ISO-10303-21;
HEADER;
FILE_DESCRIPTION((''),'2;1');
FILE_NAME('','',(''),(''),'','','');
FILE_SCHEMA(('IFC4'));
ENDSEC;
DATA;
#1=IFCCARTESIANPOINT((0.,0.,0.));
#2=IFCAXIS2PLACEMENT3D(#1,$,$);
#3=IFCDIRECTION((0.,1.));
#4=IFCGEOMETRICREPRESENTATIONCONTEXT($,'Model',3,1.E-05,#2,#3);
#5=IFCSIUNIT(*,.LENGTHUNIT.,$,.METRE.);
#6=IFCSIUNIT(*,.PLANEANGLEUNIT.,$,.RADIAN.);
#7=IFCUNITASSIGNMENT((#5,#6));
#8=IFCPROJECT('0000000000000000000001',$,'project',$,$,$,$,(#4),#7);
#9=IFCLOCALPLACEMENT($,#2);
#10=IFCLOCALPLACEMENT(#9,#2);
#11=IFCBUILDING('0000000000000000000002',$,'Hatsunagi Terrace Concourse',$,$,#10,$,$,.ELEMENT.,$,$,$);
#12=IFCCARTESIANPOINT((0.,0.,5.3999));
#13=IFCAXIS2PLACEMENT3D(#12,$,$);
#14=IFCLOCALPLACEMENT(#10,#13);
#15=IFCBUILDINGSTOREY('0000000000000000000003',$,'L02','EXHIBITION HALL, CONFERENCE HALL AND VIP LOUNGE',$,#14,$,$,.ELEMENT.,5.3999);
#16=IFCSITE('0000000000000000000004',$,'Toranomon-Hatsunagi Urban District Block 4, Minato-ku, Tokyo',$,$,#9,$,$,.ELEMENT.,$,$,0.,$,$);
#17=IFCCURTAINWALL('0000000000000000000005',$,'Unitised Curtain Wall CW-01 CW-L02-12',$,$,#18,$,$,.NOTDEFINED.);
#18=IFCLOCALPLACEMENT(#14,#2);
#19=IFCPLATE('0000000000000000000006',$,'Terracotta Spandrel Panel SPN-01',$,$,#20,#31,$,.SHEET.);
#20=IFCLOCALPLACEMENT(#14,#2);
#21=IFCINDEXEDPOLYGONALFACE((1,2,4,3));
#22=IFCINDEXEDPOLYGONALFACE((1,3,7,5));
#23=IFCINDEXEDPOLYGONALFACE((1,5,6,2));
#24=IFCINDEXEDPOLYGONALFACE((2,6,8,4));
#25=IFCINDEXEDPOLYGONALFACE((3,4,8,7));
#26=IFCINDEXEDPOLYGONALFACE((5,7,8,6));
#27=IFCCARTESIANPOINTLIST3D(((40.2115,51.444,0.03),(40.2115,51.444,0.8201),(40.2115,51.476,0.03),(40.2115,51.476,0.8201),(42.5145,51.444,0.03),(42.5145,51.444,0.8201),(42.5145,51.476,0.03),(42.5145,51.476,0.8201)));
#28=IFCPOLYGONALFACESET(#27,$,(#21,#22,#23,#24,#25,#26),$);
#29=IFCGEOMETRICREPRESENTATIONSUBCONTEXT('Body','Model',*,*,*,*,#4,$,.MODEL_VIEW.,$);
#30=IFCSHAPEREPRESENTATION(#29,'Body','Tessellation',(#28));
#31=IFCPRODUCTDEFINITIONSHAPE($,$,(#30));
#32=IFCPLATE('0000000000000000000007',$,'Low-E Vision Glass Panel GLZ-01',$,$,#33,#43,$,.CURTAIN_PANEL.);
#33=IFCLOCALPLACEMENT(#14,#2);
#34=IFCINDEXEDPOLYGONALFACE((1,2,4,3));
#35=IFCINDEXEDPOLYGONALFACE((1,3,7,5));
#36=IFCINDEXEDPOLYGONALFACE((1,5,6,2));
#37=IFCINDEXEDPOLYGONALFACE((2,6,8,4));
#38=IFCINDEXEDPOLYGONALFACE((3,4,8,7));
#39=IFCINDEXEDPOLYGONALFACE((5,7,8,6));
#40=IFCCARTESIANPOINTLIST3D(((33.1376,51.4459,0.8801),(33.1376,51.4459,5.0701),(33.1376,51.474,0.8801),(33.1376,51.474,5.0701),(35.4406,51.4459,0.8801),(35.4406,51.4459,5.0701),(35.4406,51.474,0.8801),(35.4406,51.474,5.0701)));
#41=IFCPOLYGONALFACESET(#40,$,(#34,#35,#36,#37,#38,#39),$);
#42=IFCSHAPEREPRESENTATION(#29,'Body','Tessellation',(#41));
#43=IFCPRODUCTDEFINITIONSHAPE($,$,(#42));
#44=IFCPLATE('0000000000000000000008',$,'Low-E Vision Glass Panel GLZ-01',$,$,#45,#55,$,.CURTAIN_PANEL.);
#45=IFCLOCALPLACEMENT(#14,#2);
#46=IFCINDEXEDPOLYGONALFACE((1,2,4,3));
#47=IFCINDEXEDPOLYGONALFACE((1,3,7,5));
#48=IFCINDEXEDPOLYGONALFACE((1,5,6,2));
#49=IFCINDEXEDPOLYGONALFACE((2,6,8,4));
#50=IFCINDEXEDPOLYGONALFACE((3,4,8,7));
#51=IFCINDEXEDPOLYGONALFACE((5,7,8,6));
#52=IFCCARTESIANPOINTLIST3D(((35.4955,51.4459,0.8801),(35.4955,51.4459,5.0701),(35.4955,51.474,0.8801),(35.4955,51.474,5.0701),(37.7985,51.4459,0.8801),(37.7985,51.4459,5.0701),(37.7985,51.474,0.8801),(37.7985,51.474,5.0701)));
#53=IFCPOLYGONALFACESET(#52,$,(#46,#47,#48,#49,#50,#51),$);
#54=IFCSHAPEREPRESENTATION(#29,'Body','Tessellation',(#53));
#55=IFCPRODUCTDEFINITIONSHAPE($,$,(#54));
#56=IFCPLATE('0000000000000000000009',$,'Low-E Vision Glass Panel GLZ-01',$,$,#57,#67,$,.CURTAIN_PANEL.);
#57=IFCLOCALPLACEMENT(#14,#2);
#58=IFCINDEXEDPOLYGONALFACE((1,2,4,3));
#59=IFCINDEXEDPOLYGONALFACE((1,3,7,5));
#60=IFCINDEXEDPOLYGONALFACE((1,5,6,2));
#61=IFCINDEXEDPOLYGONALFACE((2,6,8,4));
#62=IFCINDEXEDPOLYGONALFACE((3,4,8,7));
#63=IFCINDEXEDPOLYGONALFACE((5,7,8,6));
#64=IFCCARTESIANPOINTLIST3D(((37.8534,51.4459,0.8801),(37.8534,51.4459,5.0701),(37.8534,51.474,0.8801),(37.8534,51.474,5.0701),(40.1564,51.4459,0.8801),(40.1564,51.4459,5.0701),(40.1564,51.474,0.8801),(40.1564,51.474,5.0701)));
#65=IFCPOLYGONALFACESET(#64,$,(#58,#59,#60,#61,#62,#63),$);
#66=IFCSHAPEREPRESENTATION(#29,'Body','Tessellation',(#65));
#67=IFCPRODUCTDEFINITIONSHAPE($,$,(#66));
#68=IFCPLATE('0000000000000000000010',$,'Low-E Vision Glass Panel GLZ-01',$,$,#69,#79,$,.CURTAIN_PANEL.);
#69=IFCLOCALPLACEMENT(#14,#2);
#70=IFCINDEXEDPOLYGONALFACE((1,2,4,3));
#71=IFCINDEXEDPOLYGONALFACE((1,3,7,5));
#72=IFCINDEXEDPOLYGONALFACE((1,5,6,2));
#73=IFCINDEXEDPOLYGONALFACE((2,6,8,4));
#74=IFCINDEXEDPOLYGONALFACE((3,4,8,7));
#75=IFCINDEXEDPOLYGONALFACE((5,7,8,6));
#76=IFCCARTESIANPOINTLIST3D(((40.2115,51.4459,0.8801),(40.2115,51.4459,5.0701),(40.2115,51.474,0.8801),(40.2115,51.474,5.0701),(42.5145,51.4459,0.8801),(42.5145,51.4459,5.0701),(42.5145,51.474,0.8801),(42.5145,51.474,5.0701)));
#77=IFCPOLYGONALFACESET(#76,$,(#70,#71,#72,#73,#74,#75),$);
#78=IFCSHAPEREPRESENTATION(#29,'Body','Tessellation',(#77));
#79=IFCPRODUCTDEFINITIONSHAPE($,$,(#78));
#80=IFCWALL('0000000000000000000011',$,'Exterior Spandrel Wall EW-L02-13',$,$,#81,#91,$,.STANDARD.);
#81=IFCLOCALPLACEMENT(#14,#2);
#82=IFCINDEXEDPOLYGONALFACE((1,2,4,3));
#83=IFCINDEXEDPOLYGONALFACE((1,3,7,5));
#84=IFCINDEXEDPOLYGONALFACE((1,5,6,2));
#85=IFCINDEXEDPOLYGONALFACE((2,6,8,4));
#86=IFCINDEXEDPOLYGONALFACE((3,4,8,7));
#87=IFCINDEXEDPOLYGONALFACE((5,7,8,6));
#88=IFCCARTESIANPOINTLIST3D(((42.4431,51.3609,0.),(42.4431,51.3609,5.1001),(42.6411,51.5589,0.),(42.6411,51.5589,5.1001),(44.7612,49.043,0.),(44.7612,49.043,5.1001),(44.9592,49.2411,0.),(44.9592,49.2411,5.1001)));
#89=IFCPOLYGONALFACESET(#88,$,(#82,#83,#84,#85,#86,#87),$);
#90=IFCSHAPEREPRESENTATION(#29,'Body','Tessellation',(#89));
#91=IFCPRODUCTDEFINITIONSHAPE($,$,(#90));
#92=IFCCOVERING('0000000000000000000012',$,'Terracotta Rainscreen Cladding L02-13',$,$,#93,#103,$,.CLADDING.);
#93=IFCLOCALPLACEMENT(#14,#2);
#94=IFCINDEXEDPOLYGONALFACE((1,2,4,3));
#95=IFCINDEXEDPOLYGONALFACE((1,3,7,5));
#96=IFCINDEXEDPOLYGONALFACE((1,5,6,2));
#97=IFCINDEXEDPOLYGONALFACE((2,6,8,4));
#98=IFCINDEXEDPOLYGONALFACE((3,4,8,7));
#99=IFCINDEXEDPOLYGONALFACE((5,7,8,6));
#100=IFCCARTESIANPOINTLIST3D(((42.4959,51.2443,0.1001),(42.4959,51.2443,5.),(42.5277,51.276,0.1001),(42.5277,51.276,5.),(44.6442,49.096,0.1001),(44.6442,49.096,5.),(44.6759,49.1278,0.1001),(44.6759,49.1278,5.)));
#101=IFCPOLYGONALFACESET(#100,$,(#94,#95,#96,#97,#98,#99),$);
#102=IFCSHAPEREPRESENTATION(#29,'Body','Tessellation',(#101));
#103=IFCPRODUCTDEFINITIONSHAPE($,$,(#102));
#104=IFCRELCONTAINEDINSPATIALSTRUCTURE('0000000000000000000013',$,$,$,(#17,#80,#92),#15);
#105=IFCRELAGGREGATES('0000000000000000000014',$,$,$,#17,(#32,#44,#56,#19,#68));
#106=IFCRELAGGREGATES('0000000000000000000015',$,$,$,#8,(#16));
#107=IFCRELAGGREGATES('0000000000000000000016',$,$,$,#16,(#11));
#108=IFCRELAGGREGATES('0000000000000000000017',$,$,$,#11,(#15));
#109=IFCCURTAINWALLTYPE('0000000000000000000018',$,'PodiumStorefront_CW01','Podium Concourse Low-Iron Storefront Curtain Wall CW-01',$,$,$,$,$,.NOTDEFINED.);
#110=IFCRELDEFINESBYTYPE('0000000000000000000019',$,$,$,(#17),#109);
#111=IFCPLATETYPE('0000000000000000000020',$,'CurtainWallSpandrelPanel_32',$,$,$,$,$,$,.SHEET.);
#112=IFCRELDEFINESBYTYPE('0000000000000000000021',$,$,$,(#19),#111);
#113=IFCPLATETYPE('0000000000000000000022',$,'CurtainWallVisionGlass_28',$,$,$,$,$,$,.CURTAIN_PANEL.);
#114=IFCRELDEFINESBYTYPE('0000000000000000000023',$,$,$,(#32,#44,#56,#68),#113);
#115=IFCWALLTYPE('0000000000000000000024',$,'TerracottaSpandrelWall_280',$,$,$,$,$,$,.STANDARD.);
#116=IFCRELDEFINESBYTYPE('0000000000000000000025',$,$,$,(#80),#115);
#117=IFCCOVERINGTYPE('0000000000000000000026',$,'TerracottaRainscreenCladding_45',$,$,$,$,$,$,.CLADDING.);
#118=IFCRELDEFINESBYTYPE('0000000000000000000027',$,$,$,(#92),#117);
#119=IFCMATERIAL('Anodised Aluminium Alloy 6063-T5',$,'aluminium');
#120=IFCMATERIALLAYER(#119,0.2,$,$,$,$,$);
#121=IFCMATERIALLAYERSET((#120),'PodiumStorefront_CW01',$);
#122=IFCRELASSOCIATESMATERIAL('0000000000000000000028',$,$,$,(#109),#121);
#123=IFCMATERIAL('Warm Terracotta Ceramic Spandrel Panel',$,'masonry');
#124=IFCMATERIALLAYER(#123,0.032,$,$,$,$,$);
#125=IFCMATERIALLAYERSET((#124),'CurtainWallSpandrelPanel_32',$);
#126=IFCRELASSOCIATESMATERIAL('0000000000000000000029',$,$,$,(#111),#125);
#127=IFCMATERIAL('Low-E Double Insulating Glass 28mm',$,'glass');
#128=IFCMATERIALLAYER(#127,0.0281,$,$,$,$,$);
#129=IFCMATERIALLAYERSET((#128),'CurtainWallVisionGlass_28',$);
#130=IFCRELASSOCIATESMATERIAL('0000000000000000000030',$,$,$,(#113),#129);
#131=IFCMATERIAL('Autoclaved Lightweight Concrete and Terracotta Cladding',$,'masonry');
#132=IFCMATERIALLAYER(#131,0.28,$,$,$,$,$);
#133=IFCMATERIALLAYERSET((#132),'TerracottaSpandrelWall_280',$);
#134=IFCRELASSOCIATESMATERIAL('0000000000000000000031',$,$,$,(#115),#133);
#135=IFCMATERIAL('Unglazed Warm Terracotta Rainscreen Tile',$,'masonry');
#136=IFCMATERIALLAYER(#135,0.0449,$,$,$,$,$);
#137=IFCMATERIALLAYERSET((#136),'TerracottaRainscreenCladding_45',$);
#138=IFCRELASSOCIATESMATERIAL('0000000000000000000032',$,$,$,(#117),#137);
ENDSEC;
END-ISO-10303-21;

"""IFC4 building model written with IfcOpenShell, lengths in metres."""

from ifc_helpers import new_model, si_unit, direction, frame, frame_2d, origin, origin_2d, place, context, subcontext, project, spatial, rectangle, extrude, material, layer, layer_set, type_object, element, aggregate, save


model = new_model("IFC4")

# Units and contexts
model_context = context("Model", 3, precision=1e-05, world=origin(), true_north=direction((0.0, 1.0)))
body_context = subcontext(model_context, "Body", "Model", "MODEL_VIEW")
ifc_project = project(units=[si_unit("LENGTHUNIT", "METRE"), si_unit("PLANEANGLEUNIT", "RADIAN")], contexts=[model_context])

# Site, building, storey
site_placement = place(None, origin())
site = spatial("IfcSite", under=ifc_project, at=site_placement, Name="Toranomon-Hatsunagi Urban District Block 4, Minato-ku, Tokyo", CompositionType="ELEMENT", RefElevation=0.0)
building_placement = place(site_placement, origin())
building = spatial("IfcBuilding", under=site, at=building_placement, Name="Hatsunagi Terrace Concourse", CompositionType="ELEMENT")
storey_placement = place(building_placement, frame((0.0, 0.0, 5.3999)))
storey = spatial("IfcBuildingStorey", under=building, at=storey_placement, Name="L02", Description="EXHIBITION HALL, CONFERENCE HALL AND VIP LOUNGE", CompositionType="ELEMENT", Elevation=5.3999)

# Curtain wall
ifc_material_1 = material(Name="Anodised Aluminium Alloy 6063-T5", Category="aluminium")
ifc_layer_1 = layer(ifc_material_1, 0.2)
ifc_layer_set_1 = layer_set([ifc_layer_1], Name="PodiumStorefront_CW01")
curtain_wall_type = type_object("IfcCurtainWallType", Name="PodiumStorefront_CW01", Description="Podium Concourse Low-Iron Storefront Curtain Wall CW-01", PredefinedType="NOTDEFINED", material=ifc_layer_set_1)
curtain_wall_placement = place(storey_placement, origin())
curtain_wall = element("IfcCurtainWall", 1, at=curtain_wall_placement, inside=storey, type_object=curtain_wall_type, Name="Unitised Curtain Wall CW-01 CW-L02-12", PredefinedType="NOTDEFINED")

# Plates
ifc_material_2 = material(Name="Warm Terracotta Ceramic Spandrel Panel", Category="masonry")
ifc_layer_2 = layer(ifc_material_2, 0.032)
ifc_layer_set_2 = layer_set([ifc_layer_2], Name="CurtainWallSpandrelPanel_32")
plate_type_1 = type_object("IfcPlateType", Name="CurtainWallSpandrelPanel_32", PredefinedType="SHEET", material=ifc_layer_set_2)
plate_1_placement = place(storey_placement, frame((41.363, 51.46, 0.03), z_axis=(0.0, 0.0, 1.0), x_axis=(1.0, 0.0, 0.0)))
plate_1 = element("IfcPlate", 2, at=plate_1_placement, type_object=plate_type_1, Name="Terracotta Spandrel Panel SPN-01", PredefinedType="SHEET", context=body_context, shape_type="SweptSolid", body=[
    extrude(rectangle(XDim=2.303, YDim=0.032, at=origin_2d()), origin(), (0.0, 0.0, 1.0), 0.79),
])
ifc_material_3 = material(Name="Low-E Double Insulating Glass 28mm", Category="glass")
ifc_layer_3 = layer(ifc_material_3, 0.0281)
ifc_layer_set_3 = layer_set([ifc_layer_3], Name="CurtainWallVisionGlass_28")
plate_type_2 = type_object("IfcPlateType", Name="CurtainWallVisionGlass_28", PredefinedType="CURTAIN_PANEL", material=ifc_layer_set_3)
plate_2_placement = place(storey_placement, frame((34.2891, 51.46, 0.8801), z_axis=(0.0, 0.0, 1.0), x_axis=(1.0, 0.0, 0.0)))
plate_2 = element("IfcPlate", 3, at=plate_2_placement, type_object=plate_type_2, Name="Low-E Vision Glass Panel GLZ-01", PredefinedType="CURTAIN_PANEL", context=body_context, shape_type="SweptSolid", body=[
    extrude(rectangle(XDim=2.303, YDim=0.0281, at=origin_2d()), origin(), (0.0, 0.0, 1.0), 4.1899),
])
plate_3_placement = place(storey_placement, frame((36.647, 51.46, 0.8801), z_axis=(0.0, 0.0, 1.0), x_axis=(1.0, 0.0, 0.0)))
plate_3 = element("IfcPlate", 4, at=plate_3_placement, type_object=plate_type_2, Name="Low-E Vision Glass Panel GLZ-01", PredefinedType="CURTAIN_PANEL", context=body_context, shape_type="SweptSolid", body=[
    extrude(rectangle(XDim=2.303, YDim=0.0281, at=origin_2d()), origin(), (0.0, 0.0, 1.0), 4.1899),
])
plate_4_placement = place(storey_placement, frame((39.0049, 51.46, 0.8801), z_axis=(0.0, 0.0, 1.0), x_axis=(1.0, 0.0, 0.0)))
plate_4 = element("IfcPlate", 5, at=plate_4_placement, type_object=plate_type_2, Name="Low-E Vision Glass Panel GLZ-01", PredefinedType="CURTAIN_PANEL", context=body_context, shape_type="SweptSolid", body=[
    extrude(rectangle(XDim=2.303, YDim=0.0281, at=origin_2d()), origin(), (0.0, 0.0, 1.0), 4.1899),
])
plate_5_placement = place(storey_placement, frame((41.363, 51.46, 0.8801), z_axis=(0.0, 0.0, 1.0), x_axis=(1.0, 0.0, 0.0)))
plate_5 = element("IfcPlate", 6, at=plate_5_placement, type_object=plate_type_2, Name="Low-E Vision Glass Panel GLZ-01", PredefinedType="CURTAIN_PANEL", context=body_context, shape_type="SweptSolid", body=[
    extrude(rectangle(XDim=2.303, YDim=0.0281, at=origin_2d()), origin(), (0.0, 0.0, 1.0), 4.1899),
])
aggregate(curtain_wall, [plate_2, plate_3, plate_4, plate_1, plate_5])

# Wall
ifc_material_4 = material(Name="Autoclaved Lightweight Concrete and Terracotta Cladding", Category="masonry")
ifc_layer_4 = layer(ifc_material_4, 0.28)
ifc_layer_set_4 = layer_set([ifc_layer_4], Name="TerracottaSpandrelWall_280")
wall_type = type_object("IfcWallType", Name="TerracottaSpandrelWall_280", PredefinedType="STANDARD", material=ifc_layer_set_4)
wall_placement = place(storey_placement, frame((42.542, 51.46, 0.0), z_axis=(0.0, 0.0, 1.0), x_axis=(0.707144, -0.70707, 0.0)))
element("IfcWall", 7, at=wall_placement, inside=storey, type_object=wall_type, Name="Exterior Spandrel Wall EW-L02-13", PredefinedType="STANDARD", context=body_context, shape_type="SweptSolid", body=[
    extrude(rectangle(XDim=3.2781, YDim=0.28, at=frame_2d((1.6392, 0.0))), origin(), (0.0, 0.0, 1.0), 5.1001),
])

# Covering
ifc_material_5 = material(Name="Unglazed Warm Terracotta Rainscreen Tile", Category="masonry")
ifc_layer_5 = layer(ifc_material_5, 0.0449)
ifc_layer_set_5 = layer_set([ifc_layer_5], Name="TerracottaRainscreenCladding_45")
covering_type = type_object("IfcCoveringType", Name="TerracottaRainscreenCladding_45", PredefinedType="CLADDING", material=ifc_layer_set_5)
covering_placement = place(storey_placement, frame((43.5859, 50.186, 0.1001), z_axis=(0.0, 0.0, 1.0), x_axis=(0.707107, -0.707107, 0.0)))
element("IfcCovering", 8, at=covering_placement, inside=storey, type_object=covering_type, Name="Terracotta Rainscreen Cladding L02-13", PredefinedType="CLADDING", context=body_context, shape_type="SweptSolid", body=[
    extrude(rectangle(XDim=3.0381, YDim=0.0449, at=origin_2d()), origin(), (0.0, 0.0, 1.0), 4.8999),
])

save(model, "model.ifc")
